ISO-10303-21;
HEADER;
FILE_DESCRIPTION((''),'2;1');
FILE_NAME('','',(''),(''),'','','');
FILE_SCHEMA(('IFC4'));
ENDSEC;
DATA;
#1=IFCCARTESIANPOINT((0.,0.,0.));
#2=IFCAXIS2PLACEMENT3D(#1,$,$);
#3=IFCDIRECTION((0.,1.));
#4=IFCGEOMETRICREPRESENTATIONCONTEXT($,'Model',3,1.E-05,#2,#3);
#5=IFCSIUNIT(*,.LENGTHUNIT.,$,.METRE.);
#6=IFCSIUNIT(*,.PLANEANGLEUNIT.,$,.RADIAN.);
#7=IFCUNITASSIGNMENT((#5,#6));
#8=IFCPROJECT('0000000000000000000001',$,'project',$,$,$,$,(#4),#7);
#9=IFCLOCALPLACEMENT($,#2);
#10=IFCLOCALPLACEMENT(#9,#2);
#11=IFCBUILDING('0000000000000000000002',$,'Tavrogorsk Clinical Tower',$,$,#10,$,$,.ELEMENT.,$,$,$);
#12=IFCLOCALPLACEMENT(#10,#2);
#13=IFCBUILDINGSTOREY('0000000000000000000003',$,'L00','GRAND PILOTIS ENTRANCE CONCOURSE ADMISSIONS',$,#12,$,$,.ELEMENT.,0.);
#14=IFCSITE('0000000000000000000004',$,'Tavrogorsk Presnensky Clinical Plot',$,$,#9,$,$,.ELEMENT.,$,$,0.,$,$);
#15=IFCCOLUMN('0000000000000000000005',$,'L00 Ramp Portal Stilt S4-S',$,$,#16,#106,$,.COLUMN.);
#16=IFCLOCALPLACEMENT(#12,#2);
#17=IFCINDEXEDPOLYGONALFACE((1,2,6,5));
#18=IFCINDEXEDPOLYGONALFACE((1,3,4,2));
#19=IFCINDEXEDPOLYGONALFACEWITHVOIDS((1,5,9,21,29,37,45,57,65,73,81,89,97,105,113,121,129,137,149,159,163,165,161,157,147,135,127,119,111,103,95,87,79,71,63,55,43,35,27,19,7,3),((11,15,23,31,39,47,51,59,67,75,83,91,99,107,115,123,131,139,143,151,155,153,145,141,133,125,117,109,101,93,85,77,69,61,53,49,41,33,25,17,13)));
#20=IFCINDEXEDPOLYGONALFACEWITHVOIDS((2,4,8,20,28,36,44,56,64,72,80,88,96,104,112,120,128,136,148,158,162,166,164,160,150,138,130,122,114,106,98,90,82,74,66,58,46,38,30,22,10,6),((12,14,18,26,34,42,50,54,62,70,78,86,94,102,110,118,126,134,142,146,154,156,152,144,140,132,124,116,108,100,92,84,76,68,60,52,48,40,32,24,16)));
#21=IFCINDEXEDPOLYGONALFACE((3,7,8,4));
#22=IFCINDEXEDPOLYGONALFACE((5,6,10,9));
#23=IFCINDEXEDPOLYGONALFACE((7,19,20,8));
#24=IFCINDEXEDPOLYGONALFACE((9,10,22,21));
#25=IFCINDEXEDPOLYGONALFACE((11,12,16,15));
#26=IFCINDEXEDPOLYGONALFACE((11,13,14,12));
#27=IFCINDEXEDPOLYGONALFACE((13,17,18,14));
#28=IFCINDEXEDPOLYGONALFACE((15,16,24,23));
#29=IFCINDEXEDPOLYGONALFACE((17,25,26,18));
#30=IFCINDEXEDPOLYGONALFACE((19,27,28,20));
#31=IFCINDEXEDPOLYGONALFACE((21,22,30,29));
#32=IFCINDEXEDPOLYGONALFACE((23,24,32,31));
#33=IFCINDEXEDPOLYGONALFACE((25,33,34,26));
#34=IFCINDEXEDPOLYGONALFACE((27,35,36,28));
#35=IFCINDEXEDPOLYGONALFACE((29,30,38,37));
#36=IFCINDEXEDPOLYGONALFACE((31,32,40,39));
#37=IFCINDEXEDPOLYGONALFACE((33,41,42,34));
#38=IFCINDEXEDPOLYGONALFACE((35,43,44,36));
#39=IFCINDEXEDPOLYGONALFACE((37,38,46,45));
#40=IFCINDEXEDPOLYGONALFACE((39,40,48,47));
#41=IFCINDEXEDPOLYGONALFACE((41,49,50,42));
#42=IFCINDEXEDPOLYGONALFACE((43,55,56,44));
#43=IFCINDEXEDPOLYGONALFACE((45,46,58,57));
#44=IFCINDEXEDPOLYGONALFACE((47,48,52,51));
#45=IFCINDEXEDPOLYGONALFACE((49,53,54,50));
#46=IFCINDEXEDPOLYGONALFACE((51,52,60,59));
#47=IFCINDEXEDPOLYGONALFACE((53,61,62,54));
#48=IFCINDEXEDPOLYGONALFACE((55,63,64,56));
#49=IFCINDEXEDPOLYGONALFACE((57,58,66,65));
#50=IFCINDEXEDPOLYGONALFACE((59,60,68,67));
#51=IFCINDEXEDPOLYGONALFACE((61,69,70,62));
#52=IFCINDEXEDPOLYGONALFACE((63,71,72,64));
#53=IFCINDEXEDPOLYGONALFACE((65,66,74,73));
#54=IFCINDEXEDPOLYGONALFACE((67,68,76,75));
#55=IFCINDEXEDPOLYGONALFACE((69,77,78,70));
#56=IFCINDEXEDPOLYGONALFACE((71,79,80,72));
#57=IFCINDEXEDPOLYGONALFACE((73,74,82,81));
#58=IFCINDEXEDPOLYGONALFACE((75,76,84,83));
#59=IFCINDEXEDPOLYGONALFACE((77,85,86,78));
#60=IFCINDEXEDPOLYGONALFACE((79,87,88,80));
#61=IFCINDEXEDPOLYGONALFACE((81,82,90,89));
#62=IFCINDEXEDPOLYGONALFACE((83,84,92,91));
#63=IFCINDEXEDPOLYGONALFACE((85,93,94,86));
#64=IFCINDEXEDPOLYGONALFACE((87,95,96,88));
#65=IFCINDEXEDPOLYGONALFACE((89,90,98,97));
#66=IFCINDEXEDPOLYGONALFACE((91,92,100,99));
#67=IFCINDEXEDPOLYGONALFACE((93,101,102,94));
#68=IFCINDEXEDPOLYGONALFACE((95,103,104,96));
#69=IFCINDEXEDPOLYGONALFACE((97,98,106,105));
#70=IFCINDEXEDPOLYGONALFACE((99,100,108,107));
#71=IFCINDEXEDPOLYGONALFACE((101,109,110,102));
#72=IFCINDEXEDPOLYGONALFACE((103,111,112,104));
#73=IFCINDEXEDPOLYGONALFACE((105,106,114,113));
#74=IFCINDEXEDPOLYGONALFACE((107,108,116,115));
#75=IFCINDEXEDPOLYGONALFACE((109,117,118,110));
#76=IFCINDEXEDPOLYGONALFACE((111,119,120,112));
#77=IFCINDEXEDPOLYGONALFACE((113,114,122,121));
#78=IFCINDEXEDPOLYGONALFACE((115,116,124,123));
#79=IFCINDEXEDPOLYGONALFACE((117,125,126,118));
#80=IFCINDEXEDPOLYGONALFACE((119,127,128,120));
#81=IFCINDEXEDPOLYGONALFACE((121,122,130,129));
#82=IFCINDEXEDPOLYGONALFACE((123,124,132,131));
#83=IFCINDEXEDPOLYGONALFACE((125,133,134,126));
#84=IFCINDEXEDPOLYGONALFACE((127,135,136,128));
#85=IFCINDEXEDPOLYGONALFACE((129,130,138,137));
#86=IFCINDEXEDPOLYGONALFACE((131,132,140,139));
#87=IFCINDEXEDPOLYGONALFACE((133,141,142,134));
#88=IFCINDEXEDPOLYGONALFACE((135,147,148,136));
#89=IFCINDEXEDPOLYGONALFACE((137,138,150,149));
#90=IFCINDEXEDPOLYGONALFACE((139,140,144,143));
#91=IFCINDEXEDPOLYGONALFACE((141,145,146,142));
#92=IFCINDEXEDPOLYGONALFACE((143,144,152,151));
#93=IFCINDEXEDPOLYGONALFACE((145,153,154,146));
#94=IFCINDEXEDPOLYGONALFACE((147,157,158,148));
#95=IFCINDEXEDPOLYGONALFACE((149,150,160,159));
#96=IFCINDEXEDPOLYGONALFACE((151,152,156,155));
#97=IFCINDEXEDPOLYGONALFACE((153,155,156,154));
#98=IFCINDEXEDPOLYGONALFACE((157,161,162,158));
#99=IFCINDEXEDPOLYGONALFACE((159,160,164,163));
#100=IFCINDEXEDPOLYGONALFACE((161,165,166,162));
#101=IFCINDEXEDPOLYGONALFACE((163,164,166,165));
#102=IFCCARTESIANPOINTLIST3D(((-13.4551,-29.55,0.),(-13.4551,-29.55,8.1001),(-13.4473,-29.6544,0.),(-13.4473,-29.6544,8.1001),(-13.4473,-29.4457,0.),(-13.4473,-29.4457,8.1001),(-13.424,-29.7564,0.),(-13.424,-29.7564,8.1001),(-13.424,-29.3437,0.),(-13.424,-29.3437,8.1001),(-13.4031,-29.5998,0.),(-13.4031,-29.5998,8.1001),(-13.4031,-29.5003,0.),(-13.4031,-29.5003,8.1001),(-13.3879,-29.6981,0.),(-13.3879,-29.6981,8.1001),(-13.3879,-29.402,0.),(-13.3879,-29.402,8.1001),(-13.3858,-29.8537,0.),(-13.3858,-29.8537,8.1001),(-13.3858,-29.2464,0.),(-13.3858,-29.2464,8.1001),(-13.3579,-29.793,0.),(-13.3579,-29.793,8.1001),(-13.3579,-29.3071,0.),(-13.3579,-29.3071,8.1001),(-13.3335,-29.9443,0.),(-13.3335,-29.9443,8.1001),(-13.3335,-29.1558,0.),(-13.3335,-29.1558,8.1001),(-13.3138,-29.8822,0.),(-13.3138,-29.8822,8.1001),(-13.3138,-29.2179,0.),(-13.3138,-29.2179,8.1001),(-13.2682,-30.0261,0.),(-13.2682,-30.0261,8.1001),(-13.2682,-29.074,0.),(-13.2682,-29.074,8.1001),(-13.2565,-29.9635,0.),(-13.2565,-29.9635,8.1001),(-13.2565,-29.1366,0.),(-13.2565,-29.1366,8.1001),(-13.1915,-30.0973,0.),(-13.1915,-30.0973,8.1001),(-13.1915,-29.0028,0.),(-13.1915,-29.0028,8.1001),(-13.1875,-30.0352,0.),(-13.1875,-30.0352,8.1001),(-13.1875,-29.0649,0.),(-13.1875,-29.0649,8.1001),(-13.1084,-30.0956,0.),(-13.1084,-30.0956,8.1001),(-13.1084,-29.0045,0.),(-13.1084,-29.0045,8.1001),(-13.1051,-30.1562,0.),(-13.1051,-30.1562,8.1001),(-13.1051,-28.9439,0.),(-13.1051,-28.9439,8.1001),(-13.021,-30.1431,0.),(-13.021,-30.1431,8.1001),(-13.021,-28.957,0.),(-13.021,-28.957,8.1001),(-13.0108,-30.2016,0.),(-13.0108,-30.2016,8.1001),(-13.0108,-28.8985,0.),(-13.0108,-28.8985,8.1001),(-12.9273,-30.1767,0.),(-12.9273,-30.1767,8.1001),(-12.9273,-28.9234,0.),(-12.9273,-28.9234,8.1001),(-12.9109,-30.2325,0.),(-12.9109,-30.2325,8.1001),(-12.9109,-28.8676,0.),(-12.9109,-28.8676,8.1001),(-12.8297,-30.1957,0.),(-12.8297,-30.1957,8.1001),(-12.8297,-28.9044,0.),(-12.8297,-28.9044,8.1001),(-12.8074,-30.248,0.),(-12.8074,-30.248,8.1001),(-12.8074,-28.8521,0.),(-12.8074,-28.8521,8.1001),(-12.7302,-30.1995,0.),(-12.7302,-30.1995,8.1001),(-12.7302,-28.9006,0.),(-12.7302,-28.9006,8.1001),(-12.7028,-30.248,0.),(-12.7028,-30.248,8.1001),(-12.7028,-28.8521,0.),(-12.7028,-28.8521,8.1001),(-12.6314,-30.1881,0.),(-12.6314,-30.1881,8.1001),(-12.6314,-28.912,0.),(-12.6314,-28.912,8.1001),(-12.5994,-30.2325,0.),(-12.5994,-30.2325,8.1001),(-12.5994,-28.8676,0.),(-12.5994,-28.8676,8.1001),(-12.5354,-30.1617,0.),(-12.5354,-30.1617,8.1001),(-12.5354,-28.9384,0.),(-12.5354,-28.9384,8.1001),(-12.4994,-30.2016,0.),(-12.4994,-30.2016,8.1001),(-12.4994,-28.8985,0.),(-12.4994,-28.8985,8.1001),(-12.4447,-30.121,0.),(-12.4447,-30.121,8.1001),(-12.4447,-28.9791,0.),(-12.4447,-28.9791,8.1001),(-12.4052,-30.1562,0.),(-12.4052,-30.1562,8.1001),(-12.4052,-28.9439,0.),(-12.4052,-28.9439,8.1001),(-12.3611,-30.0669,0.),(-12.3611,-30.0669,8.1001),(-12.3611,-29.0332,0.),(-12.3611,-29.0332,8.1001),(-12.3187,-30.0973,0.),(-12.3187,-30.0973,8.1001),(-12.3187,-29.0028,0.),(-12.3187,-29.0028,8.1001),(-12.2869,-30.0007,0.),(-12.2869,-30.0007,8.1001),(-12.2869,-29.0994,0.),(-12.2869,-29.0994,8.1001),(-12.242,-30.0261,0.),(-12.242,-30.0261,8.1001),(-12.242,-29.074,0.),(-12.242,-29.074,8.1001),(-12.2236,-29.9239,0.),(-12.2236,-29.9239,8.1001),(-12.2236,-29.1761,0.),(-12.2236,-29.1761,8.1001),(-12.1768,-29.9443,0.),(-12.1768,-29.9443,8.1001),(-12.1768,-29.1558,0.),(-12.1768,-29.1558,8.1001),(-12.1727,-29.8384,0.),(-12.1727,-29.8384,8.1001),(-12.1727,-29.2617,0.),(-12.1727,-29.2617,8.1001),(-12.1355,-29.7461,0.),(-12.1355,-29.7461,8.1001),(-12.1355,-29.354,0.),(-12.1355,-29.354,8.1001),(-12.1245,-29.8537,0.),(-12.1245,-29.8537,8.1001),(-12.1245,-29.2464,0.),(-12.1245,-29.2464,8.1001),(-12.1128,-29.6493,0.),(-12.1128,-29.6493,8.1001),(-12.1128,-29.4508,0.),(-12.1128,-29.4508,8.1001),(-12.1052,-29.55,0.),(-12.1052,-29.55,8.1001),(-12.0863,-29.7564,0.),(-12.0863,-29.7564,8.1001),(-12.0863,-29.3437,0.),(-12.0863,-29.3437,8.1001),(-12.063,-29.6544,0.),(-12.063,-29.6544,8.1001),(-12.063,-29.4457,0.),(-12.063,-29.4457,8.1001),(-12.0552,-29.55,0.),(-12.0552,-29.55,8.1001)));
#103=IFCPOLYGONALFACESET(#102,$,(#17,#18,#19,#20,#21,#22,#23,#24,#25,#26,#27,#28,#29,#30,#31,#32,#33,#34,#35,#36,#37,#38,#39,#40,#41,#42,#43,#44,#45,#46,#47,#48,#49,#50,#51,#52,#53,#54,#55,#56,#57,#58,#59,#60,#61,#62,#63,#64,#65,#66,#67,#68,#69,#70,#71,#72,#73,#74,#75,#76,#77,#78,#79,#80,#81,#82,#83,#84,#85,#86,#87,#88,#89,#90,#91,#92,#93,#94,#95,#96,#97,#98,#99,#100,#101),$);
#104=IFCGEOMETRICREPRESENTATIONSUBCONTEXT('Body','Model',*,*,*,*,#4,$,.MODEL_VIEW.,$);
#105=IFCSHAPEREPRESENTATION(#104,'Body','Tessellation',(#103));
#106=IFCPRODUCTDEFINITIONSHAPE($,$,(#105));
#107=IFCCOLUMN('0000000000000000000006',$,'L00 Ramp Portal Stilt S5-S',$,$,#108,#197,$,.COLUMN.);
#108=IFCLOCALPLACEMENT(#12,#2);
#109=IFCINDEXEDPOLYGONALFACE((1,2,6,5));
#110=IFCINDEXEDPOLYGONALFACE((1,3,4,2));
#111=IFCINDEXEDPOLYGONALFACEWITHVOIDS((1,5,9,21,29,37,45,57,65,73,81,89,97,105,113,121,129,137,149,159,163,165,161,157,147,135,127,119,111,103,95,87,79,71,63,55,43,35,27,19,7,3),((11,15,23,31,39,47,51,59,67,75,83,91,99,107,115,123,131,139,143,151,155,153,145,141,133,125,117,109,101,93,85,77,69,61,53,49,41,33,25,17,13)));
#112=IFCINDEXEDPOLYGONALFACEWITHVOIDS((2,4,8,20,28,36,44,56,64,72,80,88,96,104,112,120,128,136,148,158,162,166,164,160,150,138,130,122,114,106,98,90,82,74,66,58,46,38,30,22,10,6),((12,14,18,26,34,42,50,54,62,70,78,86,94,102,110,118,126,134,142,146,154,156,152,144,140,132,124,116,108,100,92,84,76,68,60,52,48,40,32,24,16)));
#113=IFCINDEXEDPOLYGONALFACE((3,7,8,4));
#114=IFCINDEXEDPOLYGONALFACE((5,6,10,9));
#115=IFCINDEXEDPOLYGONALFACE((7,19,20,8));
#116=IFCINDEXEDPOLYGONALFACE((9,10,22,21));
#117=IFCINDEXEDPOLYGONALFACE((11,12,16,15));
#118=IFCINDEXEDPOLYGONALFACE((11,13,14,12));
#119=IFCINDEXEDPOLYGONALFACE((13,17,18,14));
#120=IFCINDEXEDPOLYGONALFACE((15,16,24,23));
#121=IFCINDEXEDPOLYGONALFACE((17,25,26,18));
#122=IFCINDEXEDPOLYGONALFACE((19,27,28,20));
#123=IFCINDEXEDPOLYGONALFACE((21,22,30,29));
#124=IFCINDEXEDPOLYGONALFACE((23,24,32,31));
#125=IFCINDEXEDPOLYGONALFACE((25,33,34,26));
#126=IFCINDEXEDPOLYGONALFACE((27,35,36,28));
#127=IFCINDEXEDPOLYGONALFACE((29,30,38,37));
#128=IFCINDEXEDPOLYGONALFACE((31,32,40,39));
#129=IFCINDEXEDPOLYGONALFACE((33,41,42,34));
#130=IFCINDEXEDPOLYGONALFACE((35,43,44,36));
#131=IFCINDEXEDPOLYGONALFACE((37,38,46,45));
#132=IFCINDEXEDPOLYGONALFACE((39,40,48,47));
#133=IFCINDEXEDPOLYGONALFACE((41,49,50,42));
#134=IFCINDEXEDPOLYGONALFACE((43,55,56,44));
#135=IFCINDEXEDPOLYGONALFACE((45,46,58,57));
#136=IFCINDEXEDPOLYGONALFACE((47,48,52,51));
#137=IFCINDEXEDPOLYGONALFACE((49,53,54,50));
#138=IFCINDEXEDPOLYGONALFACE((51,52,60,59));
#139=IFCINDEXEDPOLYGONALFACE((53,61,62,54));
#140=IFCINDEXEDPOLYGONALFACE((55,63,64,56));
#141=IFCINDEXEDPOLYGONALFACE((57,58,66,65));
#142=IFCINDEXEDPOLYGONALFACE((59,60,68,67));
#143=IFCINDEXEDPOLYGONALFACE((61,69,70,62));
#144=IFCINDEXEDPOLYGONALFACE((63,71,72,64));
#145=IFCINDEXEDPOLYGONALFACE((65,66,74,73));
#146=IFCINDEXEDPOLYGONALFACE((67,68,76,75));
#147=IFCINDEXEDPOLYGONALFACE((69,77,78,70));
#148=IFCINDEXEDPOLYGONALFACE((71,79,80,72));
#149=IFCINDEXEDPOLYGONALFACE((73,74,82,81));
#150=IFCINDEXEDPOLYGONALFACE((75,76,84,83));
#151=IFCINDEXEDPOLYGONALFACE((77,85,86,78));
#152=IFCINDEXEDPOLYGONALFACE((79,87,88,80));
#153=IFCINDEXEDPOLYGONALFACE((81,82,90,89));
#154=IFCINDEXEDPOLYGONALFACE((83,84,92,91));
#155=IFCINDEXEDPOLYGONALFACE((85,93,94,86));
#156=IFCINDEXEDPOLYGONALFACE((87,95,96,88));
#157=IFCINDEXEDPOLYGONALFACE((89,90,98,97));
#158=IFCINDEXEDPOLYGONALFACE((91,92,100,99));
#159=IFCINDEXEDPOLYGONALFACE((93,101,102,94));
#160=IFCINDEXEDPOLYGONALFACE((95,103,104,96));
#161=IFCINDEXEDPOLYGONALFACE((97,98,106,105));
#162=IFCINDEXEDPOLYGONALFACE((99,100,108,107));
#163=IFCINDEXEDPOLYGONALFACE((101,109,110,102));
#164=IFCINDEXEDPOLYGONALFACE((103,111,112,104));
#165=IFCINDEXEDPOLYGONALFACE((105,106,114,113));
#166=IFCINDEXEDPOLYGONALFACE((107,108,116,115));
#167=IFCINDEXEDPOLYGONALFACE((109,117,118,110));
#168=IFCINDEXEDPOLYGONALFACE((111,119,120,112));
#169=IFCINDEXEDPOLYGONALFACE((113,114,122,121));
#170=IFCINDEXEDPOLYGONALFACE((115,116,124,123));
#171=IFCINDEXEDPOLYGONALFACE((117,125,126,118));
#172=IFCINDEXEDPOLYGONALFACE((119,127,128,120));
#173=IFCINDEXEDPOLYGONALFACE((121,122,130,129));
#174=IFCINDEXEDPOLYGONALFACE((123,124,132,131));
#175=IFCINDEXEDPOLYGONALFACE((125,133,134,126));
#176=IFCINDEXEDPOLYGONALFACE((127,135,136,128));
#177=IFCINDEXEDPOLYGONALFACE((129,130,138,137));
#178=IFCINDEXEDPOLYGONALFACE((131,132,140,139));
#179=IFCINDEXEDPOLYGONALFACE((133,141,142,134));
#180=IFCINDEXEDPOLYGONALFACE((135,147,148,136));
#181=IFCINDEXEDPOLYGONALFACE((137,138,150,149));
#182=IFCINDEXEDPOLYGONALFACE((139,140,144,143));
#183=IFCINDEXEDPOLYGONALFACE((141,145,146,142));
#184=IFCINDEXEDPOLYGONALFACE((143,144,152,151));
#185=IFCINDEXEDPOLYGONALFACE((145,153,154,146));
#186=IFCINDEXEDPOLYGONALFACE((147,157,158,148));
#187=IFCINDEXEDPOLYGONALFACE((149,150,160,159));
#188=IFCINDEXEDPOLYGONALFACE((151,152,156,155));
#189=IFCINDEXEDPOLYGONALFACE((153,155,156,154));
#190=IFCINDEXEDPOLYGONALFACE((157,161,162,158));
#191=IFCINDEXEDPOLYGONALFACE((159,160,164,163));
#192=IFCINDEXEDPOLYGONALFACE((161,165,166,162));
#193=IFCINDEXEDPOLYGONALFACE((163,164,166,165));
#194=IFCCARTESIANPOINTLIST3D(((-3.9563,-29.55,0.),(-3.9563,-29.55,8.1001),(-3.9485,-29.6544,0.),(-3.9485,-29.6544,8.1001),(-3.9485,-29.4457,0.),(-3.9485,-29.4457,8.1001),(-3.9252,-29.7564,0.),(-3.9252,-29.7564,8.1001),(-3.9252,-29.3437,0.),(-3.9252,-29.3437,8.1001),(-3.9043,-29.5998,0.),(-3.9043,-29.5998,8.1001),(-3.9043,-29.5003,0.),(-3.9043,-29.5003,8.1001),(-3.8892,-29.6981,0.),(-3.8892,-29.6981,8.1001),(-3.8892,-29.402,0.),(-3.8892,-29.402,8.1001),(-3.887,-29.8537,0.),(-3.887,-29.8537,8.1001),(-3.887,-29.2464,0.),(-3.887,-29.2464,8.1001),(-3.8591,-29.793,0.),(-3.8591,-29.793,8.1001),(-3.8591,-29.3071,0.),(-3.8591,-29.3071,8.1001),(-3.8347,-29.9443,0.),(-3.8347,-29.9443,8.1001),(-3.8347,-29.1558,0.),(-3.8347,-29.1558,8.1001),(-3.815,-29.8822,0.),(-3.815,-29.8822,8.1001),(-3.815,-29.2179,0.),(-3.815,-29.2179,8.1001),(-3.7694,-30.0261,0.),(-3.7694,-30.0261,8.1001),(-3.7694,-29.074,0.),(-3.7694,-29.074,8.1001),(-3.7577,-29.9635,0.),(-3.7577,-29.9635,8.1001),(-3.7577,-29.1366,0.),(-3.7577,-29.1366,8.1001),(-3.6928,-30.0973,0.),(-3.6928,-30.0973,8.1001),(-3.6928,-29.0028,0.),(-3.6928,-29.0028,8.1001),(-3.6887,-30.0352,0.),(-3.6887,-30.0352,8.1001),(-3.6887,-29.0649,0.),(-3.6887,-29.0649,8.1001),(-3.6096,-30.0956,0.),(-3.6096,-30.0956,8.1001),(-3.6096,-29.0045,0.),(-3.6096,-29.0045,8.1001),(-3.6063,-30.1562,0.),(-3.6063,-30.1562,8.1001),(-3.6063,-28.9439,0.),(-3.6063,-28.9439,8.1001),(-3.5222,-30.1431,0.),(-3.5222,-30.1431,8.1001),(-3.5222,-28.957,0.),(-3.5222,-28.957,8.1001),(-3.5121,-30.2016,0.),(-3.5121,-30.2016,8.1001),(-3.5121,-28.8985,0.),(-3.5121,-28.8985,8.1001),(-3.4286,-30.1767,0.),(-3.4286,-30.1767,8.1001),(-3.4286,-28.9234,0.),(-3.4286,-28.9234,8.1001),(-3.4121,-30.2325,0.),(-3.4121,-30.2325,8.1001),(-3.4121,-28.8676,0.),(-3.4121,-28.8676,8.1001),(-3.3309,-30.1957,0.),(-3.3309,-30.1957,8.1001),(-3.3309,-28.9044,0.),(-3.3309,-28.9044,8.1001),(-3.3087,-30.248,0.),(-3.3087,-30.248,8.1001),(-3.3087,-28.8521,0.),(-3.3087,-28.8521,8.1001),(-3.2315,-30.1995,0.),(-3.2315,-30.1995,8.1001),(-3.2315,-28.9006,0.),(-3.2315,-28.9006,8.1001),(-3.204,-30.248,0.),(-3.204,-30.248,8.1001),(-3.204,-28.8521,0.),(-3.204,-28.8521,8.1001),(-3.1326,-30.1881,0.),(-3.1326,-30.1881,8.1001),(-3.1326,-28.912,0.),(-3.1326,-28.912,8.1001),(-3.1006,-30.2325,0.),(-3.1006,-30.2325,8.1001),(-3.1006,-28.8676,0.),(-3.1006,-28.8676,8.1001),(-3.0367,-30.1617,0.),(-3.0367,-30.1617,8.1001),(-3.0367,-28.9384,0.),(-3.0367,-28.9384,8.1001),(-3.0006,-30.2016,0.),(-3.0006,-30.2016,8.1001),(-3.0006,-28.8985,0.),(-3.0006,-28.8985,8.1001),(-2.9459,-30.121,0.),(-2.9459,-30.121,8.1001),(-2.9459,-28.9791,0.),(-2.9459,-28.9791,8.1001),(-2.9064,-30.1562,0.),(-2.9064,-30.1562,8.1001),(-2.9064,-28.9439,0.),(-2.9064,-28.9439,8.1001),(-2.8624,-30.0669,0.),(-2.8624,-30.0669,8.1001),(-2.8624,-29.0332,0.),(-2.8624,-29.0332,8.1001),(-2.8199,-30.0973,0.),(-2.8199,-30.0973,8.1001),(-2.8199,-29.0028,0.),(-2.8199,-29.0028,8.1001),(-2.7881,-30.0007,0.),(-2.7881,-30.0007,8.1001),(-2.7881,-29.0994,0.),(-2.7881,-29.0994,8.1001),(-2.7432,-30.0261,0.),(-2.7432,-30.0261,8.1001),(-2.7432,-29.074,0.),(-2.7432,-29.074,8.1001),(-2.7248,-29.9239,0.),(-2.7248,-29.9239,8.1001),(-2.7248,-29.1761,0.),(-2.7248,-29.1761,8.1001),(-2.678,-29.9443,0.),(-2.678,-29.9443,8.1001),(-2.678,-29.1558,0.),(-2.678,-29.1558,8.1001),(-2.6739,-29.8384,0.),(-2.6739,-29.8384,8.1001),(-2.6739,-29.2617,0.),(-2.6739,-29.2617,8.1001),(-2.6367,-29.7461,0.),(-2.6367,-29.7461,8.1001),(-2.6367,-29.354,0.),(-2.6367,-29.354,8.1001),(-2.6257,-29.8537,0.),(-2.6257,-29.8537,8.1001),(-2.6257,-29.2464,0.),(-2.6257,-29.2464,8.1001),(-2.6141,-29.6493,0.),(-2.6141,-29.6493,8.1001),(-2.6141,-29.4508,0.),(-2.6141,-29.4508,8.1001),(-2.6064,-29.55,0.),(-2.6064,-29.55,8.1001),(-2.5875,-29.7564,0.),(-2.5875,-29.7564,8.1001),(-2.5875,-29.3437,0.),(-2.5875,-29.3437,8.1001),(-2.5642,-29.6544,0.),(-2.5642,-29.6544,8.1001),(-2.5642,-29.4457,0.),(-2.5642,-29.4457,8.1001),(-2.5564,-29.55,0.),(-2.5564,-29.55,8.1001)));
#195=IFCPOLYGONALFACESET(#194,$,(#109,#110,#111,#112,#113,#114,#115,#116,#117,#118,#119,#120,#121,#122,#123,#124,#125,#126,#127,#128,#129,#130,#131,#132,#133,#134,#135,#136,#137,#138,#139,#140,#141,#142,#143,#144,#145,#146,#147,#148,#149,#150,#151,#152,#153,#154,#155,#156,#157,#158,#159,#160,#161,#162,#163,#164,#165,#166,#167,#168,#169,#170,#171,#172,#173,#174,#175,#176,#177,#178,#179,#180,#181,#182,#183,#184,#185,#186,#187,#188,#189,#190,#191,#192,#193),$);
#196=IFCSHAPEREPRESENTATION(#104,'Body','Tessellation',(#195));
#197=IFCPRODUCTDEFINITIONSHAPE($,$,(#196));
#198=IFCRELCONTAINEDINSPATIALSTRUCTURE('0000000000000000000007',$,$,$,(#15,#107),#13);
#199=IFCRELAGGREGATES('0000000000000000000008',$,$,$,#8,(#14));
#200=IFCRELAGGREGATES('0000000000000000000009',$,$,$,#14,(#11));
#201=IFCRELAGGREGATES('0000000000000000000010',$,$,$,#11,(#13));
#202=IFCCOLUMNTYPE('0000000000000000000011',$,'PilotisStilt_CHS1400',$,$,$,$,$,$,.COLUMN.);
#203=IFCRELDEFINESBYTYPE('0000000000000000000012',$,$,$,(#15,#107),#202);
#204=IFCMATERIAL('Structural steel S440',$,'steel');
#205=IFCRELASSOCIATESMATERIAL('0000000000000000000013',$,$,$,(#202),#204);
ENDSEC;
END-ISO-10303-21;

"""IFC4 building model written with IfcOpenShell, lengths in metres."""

from ifc_helpers import new_model, si_unit, direction, frame, origin, origin_2d, place, context, subcontext, project, spatial, hollow_circle, extrude, material, material_profile, profile_set, type_object, element, save


model = new_model("IFC4")

# Units and contexts
model_context = context("Model", 3, precision=1e-05, world=origin(), true_north=direction((0.0, 1.0)))
body_context = subcontext(model_context, "Body", "Model", "MODEL_VIEW")
ifc_project = project(units=[si_unit("LENGTHUNIT", "METRE"), si_unit("PLANEANGLEUNIT", "RADIAN")], contexts=[model_context])

# Site, building, storey
site_placement = place(None, origin())
site = spatial("IfcSite", under=ifc_project, at=site_placement, Name="Tavrogorsk Presnensky Clinical Plot", CompositionType="ELEMENT", RefElevation=0.0)
building_placement = place(site_placement, origin())
building = spatial("IfcBuilding", under=site, at=building_placement, Name="Tavrogorsk Clinical Tower", CompositionType="ELEMENT")
storey_placement = place(building_placement, origin())
storey = spatial("IfcBuildingStorey", under=building, at=storey_placement, Name="L00", Description="GRAND PILOTIS ENTRANCE CONCOURSE ADMISSIONS", CompositionType="ELEMENT", Elevation=0.0)

# Columns
ifc_material_1 = material(Name="Structural steel S440", Category="steel")
ifc_material_profile_1 = material_profile(ifc_material_1, hollow_circle(Radius=0.7, WallThickness=0.05, at=origin_2d()), Name="CHS-1400x50")
ifc_profile_set_1 = profile_set([ifc_material_profile_1], Name="Structural steel S440")
column_type_1 = type_object("IfcColumnType", Name="PilotisStilt_CHS1400", PredefinedType="COLUMN", material=ifc_profile_set_1)
for number, where, z_axis, x_axis, name in (
    (1, (-12.7551, -29.55, 0.0), (0.0, 0.0, 1.0), (1.0, 0.0, 0.0), "L00 Ramp Portal Stilt S4-S"),
    (2, (-3.2563, -29.55, 0.0), (0.0, 0.0, 1.0), (1.0, 0.0, 0.0), "L00 Ramp Portal Stilt S5-S"),
):
    element("IfcColumn", number, at=place(storey_placement, frame(where, z_axis=z_axis, x_axis=x_axis)), inside=storey, type_object=column_type_1, Name=name, PredefinedType="COLUMN", context=body_context, shape_type="SweptSolid", body=[
        extrude(hollow_circle(Radius=0.7, WallThickness=0.05, at=origin_2d()), origin(), (0.0, 0.0, 1.0), 8.1001),
    ])

save(model, "model.ifc")
